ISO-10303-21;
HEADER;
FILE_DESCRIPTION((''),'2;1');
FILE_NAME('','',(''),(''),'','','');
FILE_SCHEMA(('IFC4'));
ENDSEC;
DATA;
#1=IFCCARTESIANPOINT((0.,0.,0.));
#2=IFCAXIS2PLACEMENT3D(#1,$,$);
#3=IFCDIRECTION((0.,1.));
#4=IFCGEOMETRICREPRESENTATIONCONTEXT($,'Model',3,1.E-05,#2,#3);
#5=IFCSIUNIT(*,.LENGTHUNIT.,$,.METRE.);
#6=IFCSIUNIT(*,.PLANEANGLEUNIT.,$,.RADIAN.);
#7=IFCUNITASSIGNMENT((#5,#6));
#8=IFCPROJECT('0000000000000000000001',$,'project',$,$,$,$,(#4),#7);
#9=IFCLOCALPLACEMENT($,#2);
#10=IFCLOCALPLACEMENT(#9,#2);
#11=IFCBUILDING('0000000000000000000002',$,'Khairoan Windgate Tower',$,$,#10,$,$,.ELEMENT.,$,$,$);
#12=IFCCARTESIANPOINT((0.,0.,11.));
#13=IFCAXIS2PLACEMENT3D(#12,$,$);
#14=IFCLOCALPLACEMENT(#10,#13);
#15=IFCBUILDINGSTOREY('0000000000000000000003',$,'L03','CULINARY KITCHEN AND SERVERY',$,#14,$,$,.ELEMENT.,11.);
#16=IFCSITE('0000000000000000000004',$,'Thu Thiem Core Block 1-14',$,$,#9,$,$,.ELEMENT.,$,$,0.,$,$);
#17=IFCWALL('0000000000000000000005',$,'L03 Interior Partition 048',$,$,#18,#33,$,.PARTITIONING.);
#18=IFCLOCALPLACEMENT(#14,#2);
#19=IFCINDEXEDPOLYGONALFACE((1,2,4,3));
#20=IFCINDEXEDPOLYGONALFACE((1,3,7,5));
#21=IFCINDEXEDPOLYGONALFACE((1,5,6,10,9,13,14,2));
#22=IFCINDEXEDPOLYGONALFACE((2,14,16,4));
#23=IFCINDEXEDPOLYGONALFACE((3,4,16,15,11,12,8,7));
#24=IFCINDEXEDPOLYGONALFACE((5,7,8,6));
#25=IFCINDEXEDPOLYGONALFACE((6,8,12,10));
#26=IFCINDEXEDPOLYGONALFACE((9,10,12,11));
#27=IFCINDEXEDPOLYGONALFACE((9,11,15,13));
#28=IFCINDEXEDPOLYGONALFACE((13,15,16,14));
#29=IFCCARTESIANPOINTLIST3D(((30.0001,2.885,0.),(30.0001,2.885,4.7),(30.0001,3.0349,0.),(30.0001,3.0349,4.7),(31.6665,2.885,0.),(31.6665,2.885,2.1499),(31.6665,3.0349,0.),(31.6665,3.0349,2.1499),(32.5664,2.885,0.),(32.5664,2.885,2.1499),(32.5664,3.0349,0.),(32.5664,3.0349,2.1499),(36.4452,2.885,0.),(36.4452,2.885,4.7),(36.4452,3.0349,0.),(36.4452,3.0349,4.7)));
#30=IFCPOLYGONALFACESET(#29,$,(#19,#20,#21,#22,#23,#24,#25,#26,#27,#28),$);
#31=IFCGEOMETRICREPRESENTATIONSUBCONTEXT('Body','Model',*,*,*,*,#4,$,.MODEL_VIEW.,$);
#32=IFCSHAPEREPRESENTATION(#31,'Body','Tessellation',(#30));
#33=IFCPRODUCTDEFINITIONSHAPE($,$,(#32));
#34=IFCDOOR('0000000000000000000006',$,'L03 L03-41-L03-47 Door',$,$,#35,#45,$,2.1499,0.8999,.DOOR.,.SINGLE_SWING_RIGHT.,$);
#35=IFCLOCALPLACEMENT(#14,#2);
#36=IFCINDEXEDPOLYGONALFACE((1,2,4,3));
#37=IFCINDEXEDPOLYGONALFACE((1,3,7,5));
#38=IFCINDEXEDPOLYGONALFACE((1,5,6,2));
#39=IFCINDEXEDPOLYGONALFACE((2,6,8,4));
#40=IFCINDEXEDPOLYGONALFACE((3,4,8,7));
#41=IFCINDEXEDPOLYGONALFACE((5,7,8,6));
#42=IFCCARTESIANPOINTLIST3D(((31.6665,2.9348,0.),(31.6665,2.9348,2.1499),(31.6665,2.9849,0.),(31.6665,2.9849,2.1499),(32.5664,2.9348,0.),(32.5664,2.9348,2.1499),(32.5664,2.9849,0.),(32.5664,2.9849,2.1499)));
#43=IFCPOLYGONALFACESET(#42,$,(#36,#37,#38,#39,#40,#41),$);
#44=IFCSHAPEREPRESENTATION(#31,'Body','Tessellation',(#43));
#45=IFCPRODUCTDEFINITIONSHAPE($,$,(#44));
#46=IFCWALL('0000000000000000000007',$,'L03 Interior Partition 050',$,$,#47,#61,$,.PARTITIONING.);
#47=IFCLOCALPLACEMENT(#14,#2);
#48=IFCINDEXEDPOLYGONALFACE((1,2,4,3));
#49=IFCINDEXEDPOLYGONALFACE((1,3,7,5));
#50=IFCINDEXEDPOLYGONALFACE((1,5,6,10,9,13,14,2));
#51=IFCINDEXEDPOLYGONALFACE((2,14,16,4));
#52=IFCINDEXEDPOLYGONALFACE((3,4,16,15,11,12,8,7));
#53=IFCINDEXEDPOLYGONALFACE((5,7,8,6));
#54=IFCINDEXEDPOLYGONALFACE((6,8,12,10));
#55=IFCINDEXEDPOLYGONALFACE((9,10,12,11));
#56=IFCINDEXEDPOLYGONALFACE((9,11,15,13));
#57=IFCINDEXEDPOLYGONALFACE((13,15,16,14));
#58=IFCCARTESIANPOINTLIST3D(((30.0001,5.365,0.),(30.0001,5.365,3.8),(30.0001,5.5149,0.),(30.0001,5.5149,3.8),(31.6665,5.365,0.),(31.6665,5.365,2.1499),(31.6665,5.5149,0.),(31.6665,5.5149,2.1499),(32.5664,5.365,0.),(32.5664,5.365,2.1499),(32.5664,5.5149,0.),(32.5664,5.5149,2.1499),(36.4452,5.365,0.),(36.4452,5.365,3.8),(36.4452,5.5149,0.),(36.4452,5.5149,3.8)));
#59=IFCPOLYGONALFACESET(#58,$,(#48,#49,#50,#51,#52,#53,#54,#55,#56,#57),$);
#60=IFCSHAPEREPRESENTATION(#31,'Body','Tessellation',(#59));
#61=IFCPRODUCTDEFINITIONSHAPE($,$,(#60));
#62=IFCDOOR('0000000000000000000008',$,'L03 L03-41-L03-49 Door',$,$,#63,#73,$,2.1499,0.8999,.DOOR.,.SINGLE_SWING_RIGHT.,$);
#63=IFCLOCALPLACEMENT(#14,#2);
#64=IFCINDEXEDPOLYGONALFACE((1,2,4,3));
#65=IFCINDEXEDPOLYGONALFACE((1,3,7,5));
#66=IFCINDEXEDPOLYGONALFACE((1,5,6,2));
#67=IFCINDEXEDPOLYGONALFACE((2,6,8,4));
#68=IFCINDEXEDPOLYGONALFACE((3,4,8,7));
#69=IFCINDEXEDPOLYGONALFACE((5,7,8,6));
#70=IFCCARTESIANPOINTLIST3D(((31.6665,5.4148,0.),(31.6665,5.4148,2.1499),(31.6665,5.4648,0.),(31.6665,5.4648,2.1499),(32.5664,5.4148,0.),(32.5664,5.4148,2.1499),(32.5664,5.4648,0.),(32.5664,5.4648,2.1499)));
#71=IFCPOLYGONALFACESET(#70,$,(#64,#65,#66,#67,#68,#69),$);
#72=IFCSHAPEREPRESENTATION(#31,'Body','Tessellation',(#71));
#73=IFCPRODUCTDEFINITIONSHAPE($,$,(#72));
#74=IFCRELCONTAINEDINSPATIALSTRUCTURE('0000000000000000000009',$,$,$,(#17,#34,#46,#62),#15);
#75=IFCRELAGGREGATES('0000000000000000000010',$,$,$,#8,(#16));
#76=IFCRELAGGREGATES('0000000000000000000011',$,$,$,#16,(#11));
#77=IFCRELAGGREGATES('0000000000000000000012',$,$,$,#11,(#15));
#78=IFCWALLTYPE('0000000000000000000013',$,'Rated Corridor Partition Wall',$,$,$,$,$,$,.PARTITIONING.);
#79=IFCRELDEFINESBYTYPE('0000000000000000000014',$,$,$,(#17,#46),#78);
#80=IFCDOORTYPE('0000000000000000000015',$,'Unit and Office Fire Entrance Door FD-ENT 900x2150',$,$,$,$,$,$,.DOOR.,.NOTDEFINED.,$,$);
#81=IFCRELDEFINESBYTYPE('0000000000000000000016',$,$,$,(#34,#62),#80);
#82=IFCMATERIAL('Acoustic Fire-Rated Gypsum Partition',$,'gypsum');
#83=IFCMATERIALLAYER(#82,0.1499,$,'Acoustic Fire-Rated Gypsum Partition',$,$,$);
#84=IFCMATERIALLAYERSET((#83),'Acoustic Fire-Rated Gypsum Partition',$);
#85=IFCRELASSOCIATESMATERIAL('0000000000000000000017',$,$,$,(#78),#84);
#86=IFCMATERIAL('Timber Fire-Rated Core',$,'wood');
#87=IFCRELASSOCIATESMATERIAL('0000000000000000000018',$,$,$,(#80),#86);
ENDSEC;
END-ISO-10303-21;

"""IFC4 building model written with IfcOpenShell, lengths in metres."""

from ifc_helpers import new_model, si_unit, direction, frame, frame_2d, origin, place, context, subcontext, project, spatial, rectangle, extrude, material, layer, layer_set, type_object, element, fill, save


model = new_model("IFC4")

# Units and contexts
model_context = context("Model", 3, precision=1e-05, world=origin(), true_north=direction((0.0, 1.0)))
body_context = subcontext(model_context, "Body", "Model", "MODEL_VIEW")
ifc_project = project(units=[si_unit("LENGTHUNIT", "METRE"), si_unit("PLANEANGLEUNIT", "RADIAN")], contexts=[model_context])

# Site, building, storey
site_placement = place(None, origin())
site = spatial("IfcSite", under=ifc_project, at=site_placement, Name="Thu Thiem Core Block 1-14", CompositionType="ELEMENT", RefElevation=0.0)
building_placement = place(site_placement, origin())
building = spatial("IfcBuilding", under=site, at=building_placement, Name="Khairoan Windgate Tower", CompositionType="ELEMENT")
storey_placement = place(building_placement, frame((0.0, 0.0, 11.0)))
storey = spatial("IfcBuildingStorey", under=building, at=storey_placement, Name="L03", Description="CULINARY KITCHEN AND SERVERY", CompositionType="ELEMENT", Elevation=11.0)

# Walls, openings, doors
ifc_material_1 = material(Name="Acoustic Fire-Rated Gypsum Partition", Category="gypsum")
ifc_layer_1 = layer(ifc_material_1, 0.1499, Name="Acoustic Fire-Rated Gypsum Partition")
ifc_layer_set_1 = layer_set([ifc_layer_1], Name="Acoustic Fire-Rated Gypsum Partition")
wall_type_1 = type_object("IfcWallType", Name="Rated Corridor Partition Wall", PredefinedType="PARTITIONING", material=ifc_layer_set_1)
ifc_material_2 = material(Name="Timber Fire-Rated Core", Category="wood")
door_type = type_object("IfcDoorType", Name="Unit and Office Fire Entrance Door FD-ENT 900x2150", OperationType="NOTDEFINED", PredefinedType="DOOR", material=ifc_material_2)
wall_1_placement = place(storey_placement, frame((30.0, 2.96, 0.0), z_axis=(0.0, 0.0, 1.0), x_axis=(1.0, 0.0, 0.0)))
wall_1 = element("IfcWall", 1, at=wall_1_placement, inside=storey, type_object=wall_type_1, Name="L03 Interior Partition 048", PredefinedType="PARTITIONING", context=body_context, shape_type="SweptSolid", body=[
    extrude(rectangle(XDim=6.4451, YDim=0.1499, at=frame_2d((3.2227, 0.0))), origin(), (0.0, 0.0, 1.0), 4.7),
])
opening_1_placement = place(wall_1_placement, frame((1.6665, 0.0, 0.0)))
opening_1 = element("IfcOpeningElement", 2, at=opening_1_placement, cuts=wall_1, PredefinedType="OPENING", context=body_context, shape_type="SweptSolid", body=[
    extrude(rectangle(XDim=0.8999, YDim=2.1499, at=frame_2d((0.45, 1.075))), frame((0.0, 0.085, 0.0), z_axis=(0.0, -1.0, 0.0), x_axis=(1.0, 0.0, 0.0)), (0.0, 0.0, 1.0), 0.1699),
])
door_1_placement = place(opening_1_placement, origin())
door_1 = element("IfcDoor", 3, at=door_1_placement, inside=storey, type_object=door_type, Name="L03 L03-41-L03-47 Door", OperationType="SINGLE_SWING_RIGHT", OverallHeight=2.1499, OverallWidth=0.8999, PredefinedType="DOOR", context=body_context, shape_type="SweptSolid", body=[
    extrude(rectangle(XDim=0.8999, YDim=2.1499, at=frame_2d((0.45, 1.075))), frame((0.0, 0.0249, 0.0), z_axis=(0.0, -1.0, 0.0), x_axis=(1.0, 0.0, 0.0)), (0.0, 0.0, 1.0), 0.05),
])
fill(opening_1, door_1)
wall_2_placement = place(storey_placement, frame((30.0, 5.4399, 0.0), z_axis=(0.0, 0.0, 1.0), x_axis=(1.0, 0.0, 0.0)))
wall_2 = element("IfcWall", 4, at=wall_2_placement, inside=storey, type_object=wall_type_1, Name="L03 Interior Partition 050", PredefinedType="PARTITIONING", context=body_context, shape_type="SweptSolid", body=[
    extrude(rectangle(XDim=6.4451, YDim=0.1499, at=frame_2d((3.2227, 0.0))), origin(), (0.0, 0.0, 1.0), 3.8),
])
opening_2_placement = place(wall_2_placement, frame((1.6665, 0.0, 0.0)))
opening_2 = element("IfcOpeningElement", 5, at=opening_2_placement, cuts=wall_2, PredefinedType="OPENING", context=body_context, shape_type="SweptSolid", body=[
    extrude(rectangle(XDim=0.8999, YDim=2.1499, at=frame_2d((0.45, 1.075))), frame((0.0, 0.085, 0.0), z_axis=(0.0, -1.0, 0.0), x_axis=(1.0, 0.0, 0.0)), (0.0, 0.0, 1.0), 0.1699),
])
door_2_placement = place(opening_2_placement, origin())
door_2 = element("IfcDoor", 6, at=door_2_placement, inside=storey, type_object=door_type, Name="L03 L03-41-L03-49 Door", OperationType="SINGLE_SWING_RIGHT", OverallHeight=2.1499, OverallWidth=0.8999, PredefinedType="DOOR", context=body_context, shape_type="SweptSolid", body=[
    extrude(rectangle(XDim=0.8999, YDim=2.1499, at=frame_2d((0.45, 1.075))), frame((0.0, 0.0249, 0.0), z_axis=(0.0, -1.0, 0.0), x_axis=(1.0, 0.0, 0.0)), (0.0, 0.0, 1.0), 0.05),
])
fill(opening_2, door_2)

save(model, "model.ifc")
